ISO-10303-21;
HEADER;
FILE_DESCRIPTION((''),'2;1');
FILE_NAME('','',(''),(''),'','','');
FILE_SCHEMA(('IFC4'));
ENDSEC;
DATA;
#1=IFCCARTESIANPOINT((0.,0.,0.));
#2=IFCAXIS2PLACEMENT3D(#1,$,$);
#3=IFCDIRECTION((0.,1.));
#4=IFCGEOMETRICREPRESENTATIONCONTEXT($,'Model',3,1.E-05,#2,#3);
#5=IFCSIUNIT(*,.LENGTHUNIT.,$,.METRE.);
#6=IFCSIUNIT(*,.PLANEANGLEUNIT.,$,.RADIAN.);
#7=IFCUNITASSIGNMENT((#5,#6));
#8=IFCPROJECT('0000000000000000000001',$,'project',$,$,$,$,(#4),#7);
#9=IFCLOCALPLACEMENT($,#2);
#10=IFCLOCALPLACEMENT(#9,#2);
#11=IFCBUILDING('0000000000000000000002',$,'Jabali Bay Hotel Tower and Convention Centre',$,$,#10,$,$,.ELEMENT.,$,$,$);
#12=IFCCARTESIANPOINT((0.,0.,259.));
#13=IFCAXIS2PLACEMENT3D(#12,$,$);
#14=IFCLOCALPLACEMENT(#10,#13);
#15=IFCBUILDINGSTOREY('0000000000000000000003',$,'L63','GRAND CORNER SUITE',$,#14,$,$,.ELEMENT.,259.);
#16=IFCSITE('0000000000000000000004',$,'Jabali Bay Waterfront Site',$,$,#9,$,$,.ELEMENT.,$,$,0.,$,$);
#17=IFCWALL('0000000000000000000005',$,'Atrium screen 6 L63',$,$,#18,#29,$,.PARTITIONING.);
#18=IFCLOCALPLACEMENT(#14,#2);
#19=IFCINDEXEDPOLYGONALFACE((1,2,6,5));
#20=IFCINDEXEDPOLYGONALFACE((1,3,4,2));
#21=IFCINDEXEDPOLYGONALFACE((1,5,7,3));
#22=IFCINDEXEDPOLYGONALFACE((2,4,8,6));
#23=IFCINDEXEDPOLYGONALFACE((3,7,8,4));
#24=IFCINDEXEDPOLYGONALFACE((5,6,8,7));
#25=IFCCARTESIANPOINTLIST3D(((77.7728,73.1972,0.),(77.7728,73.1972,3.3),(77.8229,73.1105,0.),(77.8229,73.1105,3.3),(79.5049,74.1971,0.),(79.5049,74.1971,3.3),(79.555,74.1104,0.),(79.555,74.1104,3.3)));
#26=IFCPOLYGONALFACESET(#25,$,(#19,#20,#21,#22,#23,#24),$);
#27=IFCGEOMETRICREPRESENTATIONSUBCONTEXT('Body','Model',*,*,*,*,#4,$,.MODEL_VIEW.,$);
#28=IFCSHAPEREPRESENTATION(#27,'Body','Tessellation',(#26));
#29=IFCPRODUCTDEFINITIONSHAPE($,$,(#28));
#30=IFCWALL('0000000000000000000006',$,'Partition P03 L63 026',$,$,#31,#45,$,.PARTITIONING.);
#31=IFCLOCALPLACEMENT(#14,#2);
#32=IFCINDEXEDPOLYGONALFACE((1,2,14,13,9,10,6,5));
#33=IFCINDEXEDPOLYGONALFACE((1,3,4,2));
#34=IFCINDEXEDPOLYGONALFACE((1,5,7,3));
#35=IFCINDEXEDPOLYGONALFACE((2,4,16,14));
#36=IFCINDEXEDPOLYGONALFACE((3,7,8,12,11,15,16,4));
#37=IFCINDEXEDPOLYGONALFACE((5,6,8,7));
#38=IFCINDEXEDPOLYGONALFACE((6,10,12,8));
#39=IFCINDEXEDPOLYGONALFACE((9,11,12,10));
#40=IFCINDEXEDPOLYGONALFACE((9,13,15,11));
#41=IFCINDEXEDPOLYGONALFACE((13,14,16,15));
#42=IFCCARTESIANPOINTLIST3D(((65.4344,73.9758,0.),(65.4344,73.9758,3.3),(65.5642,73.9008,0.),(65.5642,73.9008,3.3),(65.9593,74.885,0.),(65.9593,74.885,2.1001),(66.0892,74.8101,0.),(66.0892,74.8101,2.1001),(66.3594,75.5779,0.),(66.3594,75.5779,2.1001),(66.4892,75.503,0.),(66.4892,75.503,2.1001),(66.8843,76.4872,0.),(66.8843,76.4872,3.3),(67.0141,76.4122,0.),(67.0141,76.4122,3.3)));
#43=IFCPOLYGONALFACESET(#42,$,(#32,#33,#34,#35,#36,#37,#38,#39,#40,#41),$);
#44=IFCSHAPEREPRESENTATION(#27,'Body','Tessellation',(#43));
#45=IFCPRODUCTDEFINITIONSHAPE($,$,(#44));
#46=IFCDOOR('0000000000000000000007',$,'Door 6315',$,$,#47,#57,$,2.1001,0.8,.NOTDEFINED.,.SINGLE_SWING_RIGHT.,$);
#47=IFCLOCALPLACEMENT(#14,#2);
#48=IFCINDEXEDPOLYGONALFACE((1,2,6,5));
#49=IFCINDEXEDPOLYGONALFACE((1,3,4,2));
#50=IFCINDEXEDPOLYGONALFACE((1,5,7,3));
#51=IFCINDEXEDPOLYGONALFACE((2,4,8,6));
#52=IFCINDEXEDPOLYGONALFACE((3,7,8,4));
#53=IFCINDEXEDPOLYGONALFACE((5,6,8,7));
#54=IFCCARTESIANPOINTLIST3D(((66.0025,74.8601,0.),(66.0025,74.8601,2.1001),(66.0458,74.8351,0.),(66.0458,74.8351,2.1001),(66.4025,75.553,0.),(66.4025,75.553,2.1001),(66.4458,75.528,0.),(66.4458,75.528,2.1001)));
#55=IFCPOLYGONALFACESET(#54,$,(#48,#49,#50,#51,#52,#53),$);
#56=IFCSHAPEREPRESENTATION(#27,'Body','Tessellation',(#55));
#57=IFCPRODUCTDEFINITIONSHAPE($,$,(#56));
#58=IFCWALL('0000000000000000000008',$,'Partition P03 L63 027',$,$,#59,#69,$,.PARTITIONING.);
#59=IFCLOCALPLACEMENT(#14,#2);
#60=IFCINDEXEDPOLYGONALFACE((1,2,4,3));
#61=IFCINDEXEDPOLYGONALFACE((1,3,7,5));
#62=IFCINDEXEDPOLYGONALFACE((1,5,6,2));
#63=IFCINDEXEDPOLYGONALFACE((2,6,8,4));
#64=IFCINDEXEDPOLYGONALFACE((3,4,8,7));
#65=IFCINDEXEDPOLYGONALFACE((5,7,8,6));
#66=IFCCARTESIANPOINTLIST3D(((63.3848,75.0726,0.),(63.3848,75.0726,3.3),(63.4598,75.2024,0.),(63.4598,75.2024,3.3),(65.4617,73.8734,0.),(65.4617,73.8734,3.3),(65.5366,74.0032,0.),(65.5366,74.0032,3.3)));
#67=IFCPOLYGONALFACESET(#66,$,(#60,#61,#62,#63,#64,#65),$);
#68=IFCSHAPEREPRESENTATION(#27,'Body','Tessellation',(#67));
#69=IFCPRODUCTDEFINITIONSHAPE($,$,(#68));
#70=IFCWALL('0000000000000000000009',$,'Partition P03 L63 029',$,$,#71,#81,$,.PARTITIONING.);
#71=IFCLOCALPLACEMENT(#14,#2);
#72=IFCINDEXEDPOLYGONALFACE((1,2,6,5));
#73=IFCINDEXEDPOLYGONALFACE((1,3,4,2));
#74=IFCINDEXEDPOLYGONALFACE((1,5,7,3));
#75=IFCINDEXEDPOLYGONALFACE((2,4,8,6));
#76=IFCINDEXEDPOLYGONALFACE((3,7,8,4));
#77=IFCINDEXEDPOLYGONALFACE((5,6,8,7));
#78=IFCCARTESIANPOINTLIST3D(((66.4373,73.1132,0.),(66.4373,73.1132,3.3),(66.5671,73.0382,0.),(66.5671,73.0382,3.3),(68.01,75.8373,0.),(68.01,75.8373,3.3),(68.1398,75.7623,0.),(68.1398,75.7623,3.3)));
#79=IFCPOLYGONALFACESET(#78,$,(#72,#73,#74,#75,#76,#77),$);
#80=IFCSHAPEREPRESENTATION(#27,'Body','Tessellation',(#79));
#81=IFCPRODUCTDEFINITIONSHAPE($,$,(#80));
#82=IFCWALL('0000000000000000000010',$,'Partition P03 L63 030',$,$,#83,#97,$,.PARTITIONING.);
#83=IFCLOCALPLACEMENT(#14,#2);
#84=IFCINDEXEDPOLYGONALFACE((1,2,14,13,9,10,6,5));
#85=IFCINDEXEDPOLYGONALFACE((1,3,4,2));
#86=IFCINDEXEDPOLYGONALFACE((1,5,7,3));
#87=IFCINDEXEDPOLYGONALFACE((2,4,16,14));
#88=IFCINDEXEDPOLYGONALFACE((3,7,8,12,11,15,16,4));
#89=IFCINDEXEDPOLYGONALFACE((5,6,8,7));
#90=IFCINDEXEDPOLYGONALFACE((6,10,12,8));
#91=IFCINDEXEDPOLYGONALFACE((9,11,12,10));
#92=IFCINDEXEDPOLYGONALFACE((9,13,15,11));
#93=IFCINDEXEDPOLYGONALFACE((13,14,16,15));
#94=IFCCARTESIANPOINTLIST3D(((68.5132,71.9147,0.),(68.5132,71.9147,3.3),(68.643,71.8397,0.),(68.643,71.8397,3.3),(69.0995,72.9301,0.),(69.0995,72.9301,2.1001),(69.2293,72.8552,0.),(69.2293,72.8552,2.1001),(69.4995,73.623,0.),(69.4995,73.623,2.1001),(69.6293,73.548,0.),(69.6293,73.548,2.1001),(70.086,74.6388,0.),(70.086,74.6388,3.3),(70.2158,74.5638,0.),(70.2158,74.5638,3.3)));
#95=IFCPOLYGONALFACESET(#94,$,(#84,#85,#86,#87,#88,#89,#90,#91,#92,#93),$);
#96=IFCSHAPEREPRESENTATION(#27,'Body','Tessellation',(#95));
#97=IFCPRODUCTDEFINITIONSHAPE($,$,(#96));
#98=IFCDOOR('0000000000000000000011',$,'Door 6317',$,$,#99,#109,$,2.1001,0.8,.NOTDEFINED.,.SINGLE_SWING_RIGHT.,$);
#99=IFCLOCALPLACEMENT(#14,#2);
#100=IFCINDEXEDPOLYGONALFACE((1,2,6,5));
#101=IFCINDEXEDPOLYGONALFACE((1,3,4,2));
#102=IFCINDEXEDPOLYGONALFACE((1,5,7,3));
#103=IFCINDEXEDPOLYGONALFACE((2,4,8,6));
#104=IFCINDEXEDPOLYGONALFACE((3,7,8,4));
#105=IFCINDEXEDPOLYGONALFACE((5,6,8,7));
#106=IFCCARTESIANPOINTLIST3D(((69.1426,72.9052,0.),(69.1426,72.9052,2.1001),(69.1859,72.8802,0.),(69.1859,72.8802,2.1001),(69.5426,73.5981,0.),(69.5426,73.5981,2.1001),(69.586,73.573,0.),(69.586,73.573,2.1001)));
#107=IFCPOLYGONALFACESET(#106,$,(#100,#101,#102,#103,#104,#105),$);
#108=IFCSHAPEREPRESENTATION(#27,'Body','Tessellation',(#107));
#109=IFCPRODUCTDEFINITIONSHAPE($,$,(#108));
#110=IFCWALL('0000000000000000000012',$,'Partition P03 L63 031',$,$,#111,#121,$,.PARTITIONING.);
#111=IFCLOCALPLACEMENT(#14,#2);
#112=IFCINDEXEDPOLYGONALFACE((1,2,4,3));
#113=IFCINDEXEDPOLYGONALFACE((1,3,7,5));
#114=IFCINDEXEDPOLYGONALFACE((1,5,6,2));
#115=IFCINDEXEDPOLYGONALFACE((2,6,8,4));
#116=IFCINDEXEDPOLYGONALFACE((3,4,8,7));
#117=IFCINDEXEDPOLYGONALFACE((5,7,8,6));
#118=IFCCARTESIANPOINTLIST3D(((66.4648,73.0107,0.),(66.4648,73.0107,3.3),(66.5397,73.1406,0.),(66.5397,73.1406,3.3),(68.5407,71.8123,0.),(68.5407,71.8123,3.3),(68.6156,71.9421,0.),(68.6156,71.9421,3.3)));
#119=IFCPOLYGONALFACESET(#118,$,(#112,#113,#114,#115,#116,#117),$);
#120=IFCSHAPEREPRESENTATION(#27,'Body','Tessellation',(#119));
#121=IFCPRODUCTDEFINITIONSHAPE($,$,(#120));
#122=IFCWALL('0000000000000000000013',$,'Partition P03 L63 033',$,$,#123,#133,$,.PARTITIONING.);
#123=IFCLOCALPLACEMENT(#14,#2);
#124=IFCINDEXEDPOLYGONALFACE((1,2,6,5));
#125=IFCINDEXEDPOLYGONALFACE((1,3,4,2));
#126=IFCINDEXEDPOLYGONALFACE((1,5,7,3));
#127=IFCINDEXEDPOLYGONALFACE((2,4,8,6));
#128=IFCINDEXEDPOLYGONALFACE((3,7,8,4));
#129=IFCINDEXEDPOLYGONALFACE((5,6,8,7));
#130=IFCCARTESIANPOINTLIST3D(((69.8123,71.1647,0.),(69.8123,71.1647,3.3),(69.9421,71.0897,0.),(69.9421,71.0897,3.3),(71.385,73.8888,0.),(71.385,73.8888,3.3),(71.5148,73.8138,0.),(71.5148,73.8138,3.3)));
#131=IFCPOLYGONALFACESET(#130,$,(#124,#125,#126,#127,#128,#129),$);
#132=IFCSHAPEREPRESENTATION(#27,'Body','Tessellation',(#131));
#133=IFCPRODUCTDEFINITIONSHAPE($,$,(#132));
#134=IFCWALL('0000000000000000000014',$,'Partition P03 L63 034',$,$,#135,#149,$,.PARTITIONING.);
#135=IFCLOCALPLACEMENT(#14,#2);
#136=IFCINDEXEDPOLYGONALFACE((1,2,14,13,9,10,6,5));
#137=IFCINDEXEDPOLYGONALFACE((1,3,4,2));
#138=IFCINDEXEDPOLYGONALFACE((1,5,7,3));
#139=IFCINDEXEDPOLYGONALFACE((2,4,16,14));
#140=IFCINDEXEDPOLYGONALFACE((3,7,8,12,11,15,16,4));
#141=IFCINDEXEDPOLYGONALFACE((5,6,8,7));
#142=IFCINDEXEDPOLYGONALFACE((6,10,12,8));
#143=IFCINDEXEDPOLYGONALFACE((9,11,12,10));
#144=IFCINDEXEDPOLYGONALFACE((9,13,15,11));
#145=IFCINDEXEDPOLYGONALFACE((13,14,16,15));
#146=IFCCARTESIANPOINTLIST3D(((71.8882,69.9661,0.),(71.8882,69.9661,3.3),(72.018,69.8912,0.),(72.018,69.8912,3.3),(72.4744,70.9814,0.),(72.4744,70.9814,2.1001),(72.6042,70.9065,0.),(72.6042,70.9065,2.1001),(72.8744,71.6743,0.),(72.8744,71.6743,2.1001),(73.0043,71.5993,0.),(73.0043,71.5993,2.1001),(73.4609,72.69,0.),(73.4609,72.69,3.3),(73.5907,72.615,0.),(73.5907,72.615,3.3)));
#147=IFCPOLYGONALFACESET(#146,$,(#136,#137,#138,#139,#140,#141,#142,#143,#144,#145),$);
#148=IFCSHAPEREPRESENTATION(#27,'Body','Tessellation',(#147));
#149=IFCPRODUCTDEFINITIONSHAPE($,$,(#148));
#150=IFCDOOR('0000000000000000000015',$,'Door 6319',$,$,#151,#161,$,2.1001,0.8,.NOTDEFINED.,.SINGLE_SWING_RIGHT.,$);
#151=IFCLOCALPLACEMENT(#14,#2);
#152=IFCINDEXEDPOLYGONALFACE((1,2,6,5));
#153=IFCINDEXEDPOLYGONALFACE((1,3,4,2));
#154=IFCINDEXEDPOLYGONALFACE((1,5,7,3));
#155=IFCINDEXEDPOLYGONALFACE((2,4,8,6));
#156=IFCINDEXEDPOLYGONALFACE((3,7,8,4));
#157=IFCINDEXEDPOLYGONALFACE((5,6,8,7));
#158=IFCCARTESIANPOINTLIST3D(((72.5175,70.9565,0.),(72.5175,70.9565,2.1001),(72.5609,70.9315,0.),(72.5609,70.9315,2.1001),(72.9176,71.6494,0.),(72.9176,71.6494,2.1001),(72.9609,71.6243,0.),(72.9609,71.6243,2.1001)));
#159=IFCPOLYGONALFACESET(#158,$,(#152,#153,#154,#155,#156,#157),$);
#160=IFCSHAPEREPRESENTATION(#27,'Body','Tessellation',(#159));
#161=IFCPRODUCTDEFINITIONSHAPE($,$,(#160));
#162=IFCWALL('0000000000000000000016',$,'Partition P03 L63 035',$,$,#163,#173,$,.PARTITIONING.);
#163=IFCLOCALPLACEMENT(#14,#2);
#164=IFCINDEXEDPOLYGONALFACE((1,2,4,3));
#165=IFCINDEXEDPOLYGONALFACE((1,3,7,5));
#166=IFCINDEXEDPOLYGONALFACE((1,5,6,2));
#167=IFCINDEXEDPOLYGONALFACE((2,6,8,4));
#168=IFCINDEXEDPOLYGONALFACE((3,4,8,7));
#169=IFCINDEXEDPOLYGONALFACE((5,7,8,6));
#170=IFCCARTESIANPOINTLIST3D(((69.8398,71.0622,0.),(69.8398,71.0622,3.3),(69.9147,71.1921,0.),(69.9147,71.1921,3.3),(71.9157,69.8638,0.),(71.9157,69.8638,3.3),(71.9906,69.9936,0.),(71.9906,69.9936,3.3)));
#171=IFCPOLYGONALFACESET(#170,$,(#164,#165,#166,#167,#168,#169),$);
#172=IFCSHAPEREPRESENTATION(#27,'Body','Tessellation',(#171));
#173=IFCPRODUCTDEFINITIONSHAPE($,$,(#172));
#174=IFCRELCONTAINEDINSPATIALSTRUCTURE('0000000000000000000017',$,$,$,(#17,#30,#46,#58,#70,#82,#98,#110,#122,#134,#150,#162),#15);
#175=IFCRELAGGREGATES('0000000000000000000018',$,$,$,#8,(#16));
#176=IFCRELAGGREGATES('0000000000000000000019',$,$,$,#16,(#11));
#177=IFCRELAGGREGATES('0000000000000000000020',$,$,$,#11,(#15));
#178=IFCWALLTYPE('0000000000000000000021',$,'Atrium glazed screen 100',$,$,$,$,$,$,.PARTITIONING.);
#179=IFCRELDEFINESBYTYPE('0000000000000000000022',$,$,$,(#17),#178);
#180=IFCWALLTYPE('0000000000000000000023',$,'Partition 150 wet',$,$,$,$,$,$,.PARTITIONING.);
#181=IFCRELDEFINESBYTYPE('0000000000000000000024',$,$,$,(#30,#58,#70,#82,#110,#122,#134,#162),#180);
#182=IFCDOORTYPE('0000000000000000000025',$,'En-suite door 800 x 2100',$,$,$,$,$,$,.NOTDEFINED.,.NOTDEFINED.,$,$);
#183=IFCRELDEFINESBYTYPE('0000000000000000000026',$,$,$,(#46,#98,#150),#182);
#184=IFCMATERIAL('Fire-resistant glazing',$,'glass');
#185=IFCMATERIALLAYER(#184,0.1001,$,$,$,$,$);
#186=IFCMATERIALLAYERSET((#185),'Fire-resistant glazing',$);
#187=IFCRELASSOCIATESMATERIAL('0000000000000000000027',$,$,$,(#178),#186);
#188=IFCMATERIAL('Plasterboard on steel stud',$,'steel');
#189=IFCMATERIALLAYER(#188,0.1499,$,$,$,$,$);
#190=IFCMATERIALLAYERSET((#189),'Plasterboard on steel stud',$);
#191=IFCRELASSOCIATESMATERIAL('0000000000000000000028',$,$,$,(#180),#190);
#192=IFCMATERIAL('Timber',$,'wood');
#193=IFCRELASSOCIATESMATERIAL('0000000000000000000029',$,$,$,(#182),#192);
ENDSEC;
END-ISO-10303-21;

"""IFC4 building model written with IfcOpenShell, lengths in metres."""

from ifc_helpers import new_model, si_unit, direction, frame, frame_2d, origin, place, context, subcontext, project, spatial, rectangle, extrude, material, layer, layer_set, type_object, element, fill, save


model = new_model("IFC4")

# Units and contexts
model_context = context("Model", 3, precision=1e-05, world=origin(), true_north=direction((0.0, 1.0)))
body_context = subcontext(model_context, "Body", "Model", "MODEL_VIEW")
ifc_project = project(units=[si_unit("LENGTHUNIT", "METRE"), si_unit("PLANEANGLEUNIT", "RADIAN")], contexts=[model_context])

# Site, building, storey
site_placement = place(None, origin())
site = spatial("IfcSite", under=ifc_project, at=site_placement, Name="Jabali Bay Waterfront Site", CompositionType="ELEMENT", RefElevation=0.0)
building_placement = place(site_placement, origin())
building = spatial("IfcBuilding", under=site, at=building_placement, Name="Jabali Bay Hotel Tower and Convention Centre", CompositionType="ELEMENT")
storey_placement = place(building_placement, frame((0.0, 0.0, 259.0)))
storey = spatial("IfcBuildingStorey", under=building, at=storey_placement, Name="L63", Description="GRAND CORNER SUITE", CompositionType="ELEMENT", Elevation=259.0)

# Wall
ifc_material_1 = material(Name="Fire-resistant glazing", Category="glass")
ifc_layer_1 = layer(ifc_material_1, 0.1001)
ifc_layer_set_1 = layer_set([ifc_layer_1], Name="Fire-resistant glazing")
wall_type_1 = type_object("IfcWallType", Name="Atrium glazed screen 100", PredefinedType="PARTITIONING", material=ifc_layer_set_1)
wall_1_placement = place(storey_placement, frame((77.7979, 73.1538, 0.0), z_axis=(0.0, 0.0, 1.0), x_axis=(0.866041, 0.499973, 0.0)))
element("IfcWall", 1, at=wall_1_placement, inside=storey, type_object=wall_type_1, Name="Atrium screen 6 L63", PredefinedType="PARTITIONING", context=body_context, shape_type="SweptSolid", body=[
    extrude(rectangle(XDim=2.0, YDim=0.1001, at=frame_2d((1.0, 0.0))), origin(), (0.0, 0.0, 1.0), 3.3),
])

# Wall, opening, door
ifc_material_2 = material(Name="Plasterboard on steel stud", Category="steel")
ifc_layer_2 = layer(ifc_material_2, 0.1499)
ifc_layer_set_2 = layer_set([ifc_layer_2], Name="Plasterboard on steel stud")
wall_type_2 = type_object("IfcWallType", Name="Partition 150 wet", PredefinedType="PARTITIONING", material=ifc_layer_set_2)
wall_2_placement = place(storey_placement, frame((66.9492, 76.4497, 0.0), z_axis=(0.0, 0.0, 1.0), x_axis=(-0.499987, -0.866033, 0.0)))
wall_2 = element("IfcWall", 2, at=wall_2_placement, inside=storey, type_object=wall_type_2, Name="Partition P03 L63 026", PredefinedType="PARTITIONING", context=body_context, shape_type="SweptSolid", body=[
    extrude(rectangle(XDim=2.8999, YDim=0.1499, at=frame_2d((1.45, 0.0))), origin(), (0.0, 0.0, 1.0), 3.3),
])
opening_1_placement = place(wall_2_placement, frame((1.05, 0.0, 0.0)))
opening_1 = element("IfcOpeningElement", 3, at=opening_1_placement, cuts=wall_2, PredefinedType="OPENING", context=body_context, shape_type="SweptSolid", body=[
    extrude(rectangle(XDim=0.8, YDim=2.1001, at=frame_2d((0.3999, 1.05))), frame((0.0, 0.0854, 0.0), z_axis=(0.0, -1.0, 0.0), x_axis=(1.0, 0.0, 0.0)), (0.0, 0.0, 1.0), 0.1709),
])
ifc_material_3 = material(Name="Timber", Category="wood")
door_type = type_object("IfcDoorType", Name="En-suite door 800 x 2100", OperationType="NOTDEFINED", PredefinedType="NOTDEFINED", material=ifc_material_3)
door_1_placement = place(opening_1_placement, origin())
door_1 = element("IfcDoor", 4, at=door_1_placement, inside=storey, type_object=door_type, Name="Door 6315", OperationType="SINGLE_SWING_RIGHT", OverallHeight=2.1001, OverallWidth=0.8, PredefinedType="NOTDEFINED", context=body_context, shape_type="SweptSolid", body=[
    extrude(rectangle(XDim=0.8, YDim=2.1001, at=frame_2d((0.3999, 1.05))), frame((0.0, 0.0249, 0.0), z_axis=(0.0, -1.0, 0.0), x_axis=(1.0, 0.0, 0.0)), (0.0, 0.0, 1.0), 0.05),
])
fill(opening_1, door_1)

# Walls
wall_3_placement = place(storey_placement, frame((65.4993, 73.9382, 0.0), z_axis=(0.0, 0.0, 1.0), x_axis=(-0.866004, 0.500037, 0.0)))
element("IfcWall", 5, at=wall_3_placement, inside=storey, type_object=wall_type_2, Name="Partition P03 L63 027", PredefinedType="PARTITIONING", context=body_context, shape_type="SweptSolid", body=[
    extrude(rectangle(XDim=2.3982, YDim=0.1499, at=frame_2d((1.1992, 0.0))), origin(), (0.0, 0.0, 1.0), 3.3),
])
wall_4_placement = place(storey_placement, frame((66.5022, 73.0757, 0.0), z_axis=(0.0, 0.0, 1.0), x_axis=(0.499996, 0.866028, 0.0)))
element("IfcWall", 6, at=wall_4_placement, inside=storey, type_object=wall_type_2, Name="Partition P03 L63 029", PredefinedType="PARTITIONING", context=body_context, shape_type="SweptSolid", body=[
    extrude(rectangle(XDim=3.1455, YDim=0.1499, at=frame_2d((1.5728, 0.0))), origin(), (0.0, 0.0, 1.0), 3.3),
])

# Wall, opening, door
wall_5_placement = place(storey_placement, frame((70.1509, 74.6013, 0.0), z_axis=(0.0, 0.0, 1.0), x_axis=(-0.499996, -0.866028, 0.0)))
wall_5 = element("IfcWall", 7, at=wall_5_placement, inside=storey, type_object=wall_type_2, Name="Partition P03 L63 030", PredefinedType="PARTITIONING", context=body_context, shape_type="SweptSolid", body=[
    extrude(rectangle(XDim=3.1455, YDim=0.1499, at=frame_2d((1.5728, 0.0))), origin(), (0.0, 0.0, 1.0), 3.3),
])
opening_2_placement = place(wall_5_placement, frame((1.1731, 0.0, 0.0)))
opening_2 = element("IfcOpeningElement", 8, at=opening_2_placement, cuts=wall_5, PredefinedType="OPENING", context=body_context, shape_type="SweptSolid", body=[
    extrude(rectangle(XDim=0.8, YDim=2.1001, at=frame_2d((0.3999, 1.05))), frame((0.0, 0.0854, 0.0), z_axis=(0.0, -1.0, 0.0), x_axis=(1.0, 0.0, 0.0)), (0.0, 0.0, 1.0), 0.1709),
])
door_2_placement = place(opening_2_placement, origin())
door_2 = element("IfcDoor", 9, at=door_2_placement, inside=storey, type_object=door_type, Name="Door 6317", OperationType="SINGLE_SWING_RIGHT", OverallHeight=2.1001, OverallWidth=0.8, PredefinedType="NOTDEFINED", context=body_context, shape_type="SweptSolid", body=[
    extrude(rectangle(XDim=0.8, YDim=2.1001, at=frame_2d((0.3999, 1.05))), frame((0.0, 0.0249, 0.0), z_axis=(0.0, -1.0, 0.0), x_axis=(1.0, 0.0, 0.0)), (0.0, 0.0, 1.0), 0.05),
])
fill(opening_2, door_2)

# Walls
wall_6_placement = place(storey_placement, frame((68.5781, 71.8772, 0.0), z_axis=(0.0, 0.0, 1.0), x_axis=(-0.866035, 0.499984, 0.0)))
element("IfcWall", 10, at=wall_6_placement, inside=storey, type_object=wall_type_2, Name="Partition P03 L63 031", PredefinedType="PARTITIONING", context=body_context, shape_type="SweptSolid", body=[
    extrude(rectangle(XDim=2.397, YDim=0.1499, at=frame_2d((1.1985, 0.0))), origin(), (0.0, 0.0, 1.0), 3.3),
])
wall_7_placement = place(storey_placement, frame((69.8772, 71.1272, 0.0), z_axis=(0.0, 0.0, 1.0), x_axis=(0.499996, 0.866028, 0.0)))
element("IfcWall", 11, at=wall_7_placement, inside=storey, type_object=wall_type_2, Name="Partition P03 L63 033", PredefinedType="PARTITIONING", context=body_context, shape_type="SweptSolid", body=[
    extrude(rectangle(XDim=3.1455, YDim=0.1499, at=frame_2d((1.5728, 0.0))), origin(), (0.0, 0.0, 1.0), 3.3),
])

# Wall, opening, door
wall_8_placement = place(storey_placement, frame((73.5259, 72.6526, 0.0), z_axis=(0.0, 0.0, 1.0), x_axis=(-0.500029, -0.866008, 0.0)))
wall_8 = element("IfcWall", 12, at=wall_8_placement, inside=storey, type_object=wall_type_2, Name="Partition P03 L63 034", PredefinedType="PARTITIONING", context=body_context, shape_type="SweptSolid", body=[
    extrude(rectangle(XDim=3.1453, YDim=0.1499, at=frame_2d((1.5728, 0.0))), origin(), (0.0, 0.0, 1.0), 3.3),
])
opening_3_placement = place(wall_8_placement, frame((1.1731, 0.0, 0.0)))
opening_3 = element("IfcOpeningElement", 13, at=opening_3_placement, cuts=wall_8, PredefinedType="OPENING", context=body_context, shape_type="SweptSolid", body=[
    extrude(rectangle(XDim=0.8, YDim=2.1001, at=frame_2d((0.3999, 1.05))), frame((0.0, 0.0854, 0.0), z_axis=(0.0, -1.0, 0.0), x_axis=(1.0, 0.0, 0.0)), (0.0, 0.0, 1.0), 0.1709),
])
door_3_placement = place(opening_3_placement, origin())
door_3 = element("IfcDoor", 14, at=door_3_placement, inside=storey, type_object=door_type, Name="Door 6319", OperationType="SINGLE_SWING_RIGHT", OverallHeight=2.1001, OverallWidth=0.8, PredefinedType="NOTDEFINED", context=body_context, shape_type="SweptSolid", body=[
    extrude(rectangle(XDim=0.8, YDim=2.1001, at=frame_2d((0.3999, 1.05))), frame((0.0, 0.0249, 0.0), z_axis=(0.0, -1.0, 0.0), x_axis=(1.0, 0.0, 0.0)), (0.0, 0.0, 1.0), 0.05),
])
fill(opening_3, door_3)

# Wall
wall_9_placement = place(storey_placement, frame((71.9531, 69.9287, 0.0), z_axis=(0.0, 0.0, 1.0), x_axis=(-0.866035, 0.499984, 0.0)))
element("IfcWall", 15, at=wall_9_placement, inside=storey, type_object=wall_type_2, Name="Partition P03 L63 035", PredefinedType="PARTITIONING", context=body_context, shape_type="SweptSolid", body=[
    extrude(rectangle(XDim=2.397, YDim=0.1499, at=frame_2d((1.1985, 0.0))), origin(), (0.0, 0.0, 1.0), 3.3),
])

save(model, "model.ifc")
